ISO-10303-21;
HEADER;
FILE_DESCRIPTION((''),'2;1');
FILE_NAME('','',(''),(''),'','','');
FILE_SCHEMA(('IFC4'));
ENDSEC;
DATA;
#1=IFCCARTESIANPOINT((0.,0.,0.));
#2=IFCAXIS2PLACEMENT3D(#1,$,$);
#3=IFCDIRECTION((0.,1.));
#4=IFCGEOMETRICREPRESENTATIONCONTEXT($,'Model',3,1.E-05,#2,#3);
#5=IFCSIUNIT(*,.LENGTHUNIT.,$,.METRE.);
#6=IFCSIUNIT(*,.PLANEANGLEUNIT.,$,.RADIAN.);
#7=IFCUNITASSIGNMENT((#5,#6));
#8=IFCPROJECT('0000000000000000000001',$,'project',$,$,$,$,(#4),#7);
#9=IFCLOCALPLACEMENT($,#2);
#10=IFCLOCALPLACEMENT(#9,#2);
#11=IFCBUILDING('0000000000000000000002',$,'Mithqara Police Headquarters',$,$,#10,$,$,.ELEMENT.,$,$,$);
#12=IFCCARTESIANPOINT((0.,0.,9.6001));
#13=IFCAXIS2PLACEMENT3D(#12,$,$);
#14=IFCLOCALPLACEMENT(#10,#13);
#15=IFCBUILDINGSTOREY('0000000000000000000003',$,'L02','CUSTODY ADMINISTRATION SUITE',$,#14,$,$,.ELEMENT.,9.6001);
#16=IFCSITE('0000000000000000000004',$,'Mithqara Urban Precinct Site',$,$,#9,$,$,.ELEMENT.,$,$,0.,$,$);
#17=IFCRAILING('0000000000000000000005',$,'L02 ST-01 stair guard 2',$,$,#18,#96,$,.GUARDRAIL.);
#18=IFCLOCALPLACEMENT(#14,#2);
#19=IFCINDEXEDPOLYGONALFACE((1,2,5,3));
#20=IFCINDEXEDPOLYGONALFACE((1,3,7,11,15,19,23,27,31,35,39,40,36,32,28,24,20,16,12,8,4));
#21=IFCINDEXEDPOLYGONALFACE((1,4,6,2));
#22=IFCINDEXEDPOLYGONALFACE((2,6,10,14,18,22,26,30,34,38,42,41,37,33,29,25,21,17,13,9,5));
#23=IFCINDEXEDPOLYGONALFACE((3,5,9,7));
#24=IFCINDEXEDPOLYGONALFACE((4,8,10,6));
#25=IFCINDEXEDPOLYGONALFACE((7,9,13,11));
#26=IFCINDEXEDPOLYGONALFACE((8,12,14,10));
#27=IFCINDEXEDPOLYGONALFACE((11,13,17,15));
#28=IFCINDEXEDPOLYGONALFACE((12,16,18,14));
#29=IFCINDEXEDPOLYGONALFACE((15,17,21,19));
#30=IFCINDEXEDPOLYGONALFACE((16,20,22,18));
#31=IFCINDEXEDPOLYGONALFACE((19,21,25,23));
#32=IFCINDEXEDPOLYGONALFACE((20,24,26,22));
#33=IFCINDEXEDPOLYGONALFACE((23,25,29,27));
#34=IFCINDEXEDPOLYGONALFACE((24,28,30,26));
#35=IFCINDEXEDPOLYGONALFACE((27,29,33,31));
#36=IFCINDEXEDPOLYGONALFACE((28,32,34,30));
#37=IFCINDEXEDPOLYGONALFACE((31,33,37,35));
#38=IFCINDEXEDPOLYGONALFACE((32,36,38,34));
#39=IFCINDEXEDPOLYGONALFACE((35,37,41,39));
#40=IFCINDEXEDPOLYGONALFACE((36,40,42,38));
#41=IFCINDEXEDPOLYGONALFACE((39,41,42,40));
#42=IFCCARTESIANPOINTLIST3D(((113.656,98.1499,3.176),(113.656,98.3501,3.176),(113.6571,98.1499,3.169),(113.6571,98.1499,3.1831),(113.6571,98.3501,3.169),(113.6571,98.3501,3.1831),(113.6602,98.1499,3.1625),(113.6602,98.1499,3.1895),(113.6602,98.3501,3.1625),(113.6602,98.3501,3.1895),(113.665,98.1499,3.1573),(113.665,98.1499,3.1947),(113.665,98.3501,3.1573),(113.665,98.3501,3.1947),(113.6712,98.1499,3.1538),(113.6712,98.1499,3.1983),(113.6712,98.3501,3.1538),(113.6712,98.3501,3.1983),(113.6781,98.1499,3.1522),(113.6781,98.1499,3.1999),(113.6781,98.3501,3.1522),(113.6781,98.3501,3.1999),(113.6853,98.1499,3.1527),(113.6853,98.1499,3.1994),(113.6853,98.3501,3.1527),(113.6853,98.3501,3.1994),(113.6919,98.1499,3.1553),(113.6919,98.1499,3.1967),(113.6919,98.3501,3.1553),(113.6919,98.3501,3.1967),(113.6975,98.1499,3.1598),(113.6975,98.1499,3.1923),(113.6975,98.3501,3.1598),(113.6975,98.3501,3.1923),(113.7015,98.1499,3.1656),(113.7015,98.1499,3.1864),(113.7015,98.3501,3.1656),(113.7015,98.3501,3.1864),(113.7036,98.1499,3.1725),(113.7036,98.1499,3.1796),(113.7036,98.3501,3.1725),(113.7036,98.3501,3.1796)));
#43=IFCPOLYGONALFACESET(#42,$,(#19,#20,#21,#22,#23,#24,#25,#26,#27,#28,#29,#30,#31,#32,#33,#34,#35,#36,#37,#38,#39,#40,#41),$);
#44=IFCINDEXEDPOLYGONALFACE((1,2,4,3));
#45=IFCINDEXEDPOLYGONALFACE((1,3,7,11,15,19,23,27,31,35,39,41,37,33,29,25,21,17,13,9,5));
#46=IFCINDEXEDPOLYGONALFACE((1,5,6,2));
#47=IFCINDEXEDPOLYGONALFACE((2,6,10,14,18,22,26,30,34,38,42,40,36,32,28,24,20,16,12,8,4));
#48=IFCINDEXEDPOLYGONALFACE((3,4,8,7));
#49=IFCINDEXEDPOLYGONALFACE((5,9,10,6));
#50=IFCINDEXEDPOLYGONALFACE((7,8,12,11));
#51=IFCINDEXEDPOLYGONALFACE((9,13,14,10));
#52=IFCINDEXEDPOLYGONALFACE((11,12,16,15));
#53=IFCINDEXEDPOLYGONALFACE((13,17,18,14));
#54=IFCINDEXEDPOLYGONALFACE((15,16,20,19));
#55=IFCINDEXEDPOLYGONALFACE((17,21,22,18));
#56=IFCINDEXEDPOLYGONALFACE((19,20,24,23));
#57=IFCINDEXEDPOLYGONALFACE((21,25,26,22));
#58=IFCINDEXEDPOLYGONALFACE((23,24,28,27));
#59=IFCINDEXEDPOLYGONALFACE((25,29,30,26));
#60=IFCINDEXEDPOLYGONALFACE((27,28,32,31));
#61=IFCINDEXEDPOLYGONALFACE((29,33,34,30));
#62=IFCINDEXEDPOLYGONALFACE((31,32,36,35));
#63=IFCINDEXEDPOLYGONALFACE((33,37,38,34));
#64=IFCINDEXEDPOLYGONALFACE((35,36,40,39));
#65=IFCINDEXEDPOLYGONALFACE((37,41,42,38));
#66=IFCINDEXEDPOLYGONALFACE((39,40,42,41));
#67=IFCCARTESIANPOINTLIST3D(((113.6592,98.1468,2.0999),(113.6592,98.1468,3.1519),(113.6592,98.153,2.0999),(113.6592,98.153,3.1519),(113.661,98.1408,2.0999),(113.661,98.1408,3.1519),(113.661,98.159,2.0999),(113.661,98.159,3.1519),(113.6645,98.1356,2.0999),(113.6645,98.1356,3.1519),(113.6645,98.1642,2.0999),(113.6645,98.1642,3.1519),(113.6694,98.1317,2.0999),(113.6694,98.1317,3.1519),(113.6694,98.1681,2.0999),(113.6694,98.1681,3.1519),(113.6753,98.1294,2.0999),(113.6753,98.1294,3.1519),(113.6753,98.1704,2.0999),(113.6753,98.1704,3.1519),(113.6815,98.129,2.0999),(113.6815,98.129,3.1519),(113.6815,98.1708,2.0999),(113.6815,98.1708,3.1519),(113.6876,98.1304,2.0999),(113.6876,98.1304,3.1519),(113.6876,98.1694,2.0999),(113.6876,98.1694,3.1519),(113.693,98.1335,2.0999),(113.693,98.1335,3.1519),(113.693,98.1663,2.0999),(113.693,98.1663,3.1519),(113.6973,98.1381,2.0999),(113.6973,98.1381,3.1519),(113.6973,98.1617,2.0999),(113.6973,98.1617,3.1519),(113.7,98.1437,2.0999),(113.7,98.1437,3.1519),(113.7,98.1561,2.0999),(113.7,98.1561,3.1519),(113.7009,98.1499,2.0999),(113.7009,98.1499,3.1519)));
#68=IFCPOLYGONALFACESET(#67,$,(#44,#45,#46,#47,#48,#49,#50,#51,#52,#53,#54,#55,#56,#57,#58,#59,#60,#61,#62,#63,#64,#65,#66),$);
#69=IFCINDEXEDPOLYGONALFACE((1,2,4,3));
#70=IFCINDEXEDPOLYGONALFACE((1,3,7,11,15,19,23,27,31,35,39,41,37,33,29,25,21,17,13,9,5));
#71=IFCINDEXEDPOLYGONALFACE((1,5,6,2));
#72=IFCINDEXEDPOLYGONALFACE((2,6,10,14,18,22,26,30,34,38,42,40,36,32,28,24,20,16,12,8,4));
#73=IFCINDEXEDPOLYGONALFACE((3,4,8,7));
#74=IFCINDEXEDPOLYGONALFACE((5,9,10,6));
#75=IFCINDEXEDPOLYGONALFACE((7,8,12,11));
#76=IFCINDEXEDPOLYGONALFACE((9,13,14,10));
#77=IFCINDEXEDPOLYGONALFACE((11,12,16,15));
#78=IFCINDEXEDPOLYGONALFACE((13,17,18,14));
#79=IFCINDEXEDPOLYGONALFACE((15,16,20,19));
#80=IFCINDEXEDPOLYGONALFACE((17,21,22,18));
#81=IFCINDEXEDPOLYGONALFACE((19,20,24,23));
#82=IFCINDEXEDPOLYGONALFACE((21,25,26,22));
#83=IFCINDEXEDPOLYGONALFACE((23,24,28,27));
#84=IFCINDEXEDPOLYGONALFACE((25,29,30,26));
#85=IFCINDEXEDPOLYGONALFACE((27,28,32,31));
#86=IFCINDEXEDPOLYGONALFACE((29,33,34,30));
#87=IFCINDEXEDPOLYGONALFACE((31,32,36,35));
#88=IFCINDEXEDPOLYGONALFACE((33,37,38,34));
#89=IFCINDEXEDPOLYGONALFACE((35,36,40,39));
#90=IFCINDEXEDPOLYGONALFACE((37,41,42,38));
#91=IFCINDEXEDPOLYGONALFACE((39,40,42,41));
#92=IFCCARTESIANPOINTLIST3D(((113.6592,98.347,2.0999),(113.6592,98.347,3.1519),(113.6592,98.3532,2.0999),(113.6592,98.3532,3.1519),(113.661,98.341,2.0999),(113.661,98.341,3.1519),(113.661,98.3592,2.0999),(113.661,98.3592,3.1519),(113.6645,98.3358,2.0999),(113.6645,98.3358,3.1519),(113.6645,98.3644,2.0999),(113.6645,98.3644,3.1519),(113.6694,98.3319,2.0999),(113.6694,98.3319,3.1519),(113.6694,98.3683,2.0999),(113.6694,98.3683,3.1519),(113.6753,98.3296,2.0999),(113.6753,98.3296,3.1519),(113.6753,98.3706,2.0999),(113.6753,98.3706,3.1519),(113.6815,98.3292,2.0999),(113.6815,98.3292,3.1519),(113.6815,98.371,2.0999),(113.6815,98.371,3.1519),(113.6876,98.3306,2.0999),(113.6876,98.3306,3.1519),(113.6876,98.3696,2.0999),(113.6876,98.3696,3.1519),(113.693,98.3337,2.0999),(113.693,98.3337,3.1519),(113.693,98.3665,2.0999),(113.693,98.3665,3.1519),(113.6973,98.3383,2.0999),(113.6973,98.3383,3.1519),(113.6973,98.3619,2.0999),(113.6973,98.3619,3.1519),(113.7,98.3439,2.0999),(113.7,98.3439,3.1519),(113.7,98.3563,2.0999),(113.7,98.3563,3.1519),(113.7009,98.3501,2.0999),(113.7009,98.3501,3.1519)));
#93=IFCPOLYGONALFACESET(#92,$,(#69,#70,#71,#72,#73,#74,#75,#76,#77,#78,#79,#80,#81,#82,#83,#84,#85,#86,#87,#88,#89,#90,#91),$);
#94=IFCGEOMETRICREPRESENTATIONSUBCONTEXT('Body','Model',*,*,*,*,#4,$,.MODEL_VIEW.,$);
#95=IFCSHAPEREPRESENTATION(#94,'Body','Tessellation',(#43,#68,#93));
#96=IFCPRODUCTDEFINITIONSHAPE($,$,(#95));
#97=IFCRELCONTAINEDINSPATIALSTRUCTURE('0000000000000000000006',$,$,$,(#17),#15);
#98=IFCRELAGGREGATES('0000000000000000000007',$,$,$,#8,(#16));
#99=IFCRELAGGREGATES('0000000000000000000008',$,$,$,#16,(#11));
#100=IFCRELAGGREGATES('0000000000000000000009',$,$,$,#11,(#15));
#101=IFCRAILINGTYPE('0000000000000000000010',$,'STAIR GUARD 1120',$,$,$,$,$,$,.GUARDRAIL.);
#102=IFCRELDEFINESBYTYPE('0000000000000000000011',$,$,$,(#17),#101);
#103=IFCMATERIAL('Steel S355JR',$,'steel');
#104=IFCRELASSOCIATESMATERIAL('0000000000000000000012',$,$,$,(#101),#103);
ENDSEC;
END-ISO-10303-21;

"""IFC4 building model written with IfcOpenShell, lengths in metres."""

from ifc_helpers import new_model, si_unit, direction, frame, origin, origin_2d, place, context, subcontext, project, spatial, circle, extrude, material, type_object, element, save


model = new_model("IFC4")

# Units and contexts
model_context = context("Model", 3, precision=1e-05, world=origin(), true_north=direction((0.0, 1.0)))
body_context = subcontext(model_context, "Body", "Model", "MODEL_VIEW")
ifc_project = project(units=[si_unit("LENGTHUNIT", "METRE"), si_unit("PLANEANGLEUNIT", "RADIAN")], contexts=[model_context])

# Site, building, storey
site_placement = place(None, origin())
site = spatial("IfcSite", under=ifc_project, at=site_placement, Name="Mithqara Urban Precinct Site", CompositionType="ELEMENT", RefElevation=0.0)
building_placement = place(site_placement, origin())
building = spatial("IfcBuilding", under=site, at=building_placement, Name="Mithqara Police Headquarters", CompositionType="ELEMENT")
storey_placement = place(building_placement, frame((0.0, 0.0, 9.6001)))
storey = spatial("IfcBuildingStorey", under=building, at=storey_placement, Name="L02", Description="CUSTODY ADMINISTRATION SUITE", CompositionType="ELEMENT", Elevation=9.6001)

# Shared definitions
ifc_material_1 = material(Name="Steel S355JR", Category="steel")

# Railing
railing_type_1 = type_object("IfcRailingType", Name="STAIR GUARD 1120", PredefinedType="GUARDRAIL", material=ifc_material_1)
railing_1_placement = place(storey_placement, frame((113.6799, 98.1499, 2.0999)))
element("IfcRailing", 1, at=railing_1_placement, inside=storey, type_object=railing_type_1, Name="L02 ST-01 stair guard 2", PredefinedType="GUARDRAIL", context=body_context, shape_type="SweptSolid", body=[
    extrude(circle(Radius=0.0239, at=origin_2d()), frame((0.0, 0.0, 1.0762), z_axis=(0.0, 1.0, 0.0), x_axis=(-1.0, 0.0, 0.0)), (0.0, 0.0, 1.0), 0.2002),
    extrude(circle(Radius=0.021, at=origin_2d()), origin(), (0.0, 0.0, 1.0), 1.052),
    extrude(circle(Radius=0.021, at=origin_2d()), frame((0.0, 0.2002, 0.0)), (0.0, 0.0, 1.0), 1.052),
])

save(model, "model.ifc")
